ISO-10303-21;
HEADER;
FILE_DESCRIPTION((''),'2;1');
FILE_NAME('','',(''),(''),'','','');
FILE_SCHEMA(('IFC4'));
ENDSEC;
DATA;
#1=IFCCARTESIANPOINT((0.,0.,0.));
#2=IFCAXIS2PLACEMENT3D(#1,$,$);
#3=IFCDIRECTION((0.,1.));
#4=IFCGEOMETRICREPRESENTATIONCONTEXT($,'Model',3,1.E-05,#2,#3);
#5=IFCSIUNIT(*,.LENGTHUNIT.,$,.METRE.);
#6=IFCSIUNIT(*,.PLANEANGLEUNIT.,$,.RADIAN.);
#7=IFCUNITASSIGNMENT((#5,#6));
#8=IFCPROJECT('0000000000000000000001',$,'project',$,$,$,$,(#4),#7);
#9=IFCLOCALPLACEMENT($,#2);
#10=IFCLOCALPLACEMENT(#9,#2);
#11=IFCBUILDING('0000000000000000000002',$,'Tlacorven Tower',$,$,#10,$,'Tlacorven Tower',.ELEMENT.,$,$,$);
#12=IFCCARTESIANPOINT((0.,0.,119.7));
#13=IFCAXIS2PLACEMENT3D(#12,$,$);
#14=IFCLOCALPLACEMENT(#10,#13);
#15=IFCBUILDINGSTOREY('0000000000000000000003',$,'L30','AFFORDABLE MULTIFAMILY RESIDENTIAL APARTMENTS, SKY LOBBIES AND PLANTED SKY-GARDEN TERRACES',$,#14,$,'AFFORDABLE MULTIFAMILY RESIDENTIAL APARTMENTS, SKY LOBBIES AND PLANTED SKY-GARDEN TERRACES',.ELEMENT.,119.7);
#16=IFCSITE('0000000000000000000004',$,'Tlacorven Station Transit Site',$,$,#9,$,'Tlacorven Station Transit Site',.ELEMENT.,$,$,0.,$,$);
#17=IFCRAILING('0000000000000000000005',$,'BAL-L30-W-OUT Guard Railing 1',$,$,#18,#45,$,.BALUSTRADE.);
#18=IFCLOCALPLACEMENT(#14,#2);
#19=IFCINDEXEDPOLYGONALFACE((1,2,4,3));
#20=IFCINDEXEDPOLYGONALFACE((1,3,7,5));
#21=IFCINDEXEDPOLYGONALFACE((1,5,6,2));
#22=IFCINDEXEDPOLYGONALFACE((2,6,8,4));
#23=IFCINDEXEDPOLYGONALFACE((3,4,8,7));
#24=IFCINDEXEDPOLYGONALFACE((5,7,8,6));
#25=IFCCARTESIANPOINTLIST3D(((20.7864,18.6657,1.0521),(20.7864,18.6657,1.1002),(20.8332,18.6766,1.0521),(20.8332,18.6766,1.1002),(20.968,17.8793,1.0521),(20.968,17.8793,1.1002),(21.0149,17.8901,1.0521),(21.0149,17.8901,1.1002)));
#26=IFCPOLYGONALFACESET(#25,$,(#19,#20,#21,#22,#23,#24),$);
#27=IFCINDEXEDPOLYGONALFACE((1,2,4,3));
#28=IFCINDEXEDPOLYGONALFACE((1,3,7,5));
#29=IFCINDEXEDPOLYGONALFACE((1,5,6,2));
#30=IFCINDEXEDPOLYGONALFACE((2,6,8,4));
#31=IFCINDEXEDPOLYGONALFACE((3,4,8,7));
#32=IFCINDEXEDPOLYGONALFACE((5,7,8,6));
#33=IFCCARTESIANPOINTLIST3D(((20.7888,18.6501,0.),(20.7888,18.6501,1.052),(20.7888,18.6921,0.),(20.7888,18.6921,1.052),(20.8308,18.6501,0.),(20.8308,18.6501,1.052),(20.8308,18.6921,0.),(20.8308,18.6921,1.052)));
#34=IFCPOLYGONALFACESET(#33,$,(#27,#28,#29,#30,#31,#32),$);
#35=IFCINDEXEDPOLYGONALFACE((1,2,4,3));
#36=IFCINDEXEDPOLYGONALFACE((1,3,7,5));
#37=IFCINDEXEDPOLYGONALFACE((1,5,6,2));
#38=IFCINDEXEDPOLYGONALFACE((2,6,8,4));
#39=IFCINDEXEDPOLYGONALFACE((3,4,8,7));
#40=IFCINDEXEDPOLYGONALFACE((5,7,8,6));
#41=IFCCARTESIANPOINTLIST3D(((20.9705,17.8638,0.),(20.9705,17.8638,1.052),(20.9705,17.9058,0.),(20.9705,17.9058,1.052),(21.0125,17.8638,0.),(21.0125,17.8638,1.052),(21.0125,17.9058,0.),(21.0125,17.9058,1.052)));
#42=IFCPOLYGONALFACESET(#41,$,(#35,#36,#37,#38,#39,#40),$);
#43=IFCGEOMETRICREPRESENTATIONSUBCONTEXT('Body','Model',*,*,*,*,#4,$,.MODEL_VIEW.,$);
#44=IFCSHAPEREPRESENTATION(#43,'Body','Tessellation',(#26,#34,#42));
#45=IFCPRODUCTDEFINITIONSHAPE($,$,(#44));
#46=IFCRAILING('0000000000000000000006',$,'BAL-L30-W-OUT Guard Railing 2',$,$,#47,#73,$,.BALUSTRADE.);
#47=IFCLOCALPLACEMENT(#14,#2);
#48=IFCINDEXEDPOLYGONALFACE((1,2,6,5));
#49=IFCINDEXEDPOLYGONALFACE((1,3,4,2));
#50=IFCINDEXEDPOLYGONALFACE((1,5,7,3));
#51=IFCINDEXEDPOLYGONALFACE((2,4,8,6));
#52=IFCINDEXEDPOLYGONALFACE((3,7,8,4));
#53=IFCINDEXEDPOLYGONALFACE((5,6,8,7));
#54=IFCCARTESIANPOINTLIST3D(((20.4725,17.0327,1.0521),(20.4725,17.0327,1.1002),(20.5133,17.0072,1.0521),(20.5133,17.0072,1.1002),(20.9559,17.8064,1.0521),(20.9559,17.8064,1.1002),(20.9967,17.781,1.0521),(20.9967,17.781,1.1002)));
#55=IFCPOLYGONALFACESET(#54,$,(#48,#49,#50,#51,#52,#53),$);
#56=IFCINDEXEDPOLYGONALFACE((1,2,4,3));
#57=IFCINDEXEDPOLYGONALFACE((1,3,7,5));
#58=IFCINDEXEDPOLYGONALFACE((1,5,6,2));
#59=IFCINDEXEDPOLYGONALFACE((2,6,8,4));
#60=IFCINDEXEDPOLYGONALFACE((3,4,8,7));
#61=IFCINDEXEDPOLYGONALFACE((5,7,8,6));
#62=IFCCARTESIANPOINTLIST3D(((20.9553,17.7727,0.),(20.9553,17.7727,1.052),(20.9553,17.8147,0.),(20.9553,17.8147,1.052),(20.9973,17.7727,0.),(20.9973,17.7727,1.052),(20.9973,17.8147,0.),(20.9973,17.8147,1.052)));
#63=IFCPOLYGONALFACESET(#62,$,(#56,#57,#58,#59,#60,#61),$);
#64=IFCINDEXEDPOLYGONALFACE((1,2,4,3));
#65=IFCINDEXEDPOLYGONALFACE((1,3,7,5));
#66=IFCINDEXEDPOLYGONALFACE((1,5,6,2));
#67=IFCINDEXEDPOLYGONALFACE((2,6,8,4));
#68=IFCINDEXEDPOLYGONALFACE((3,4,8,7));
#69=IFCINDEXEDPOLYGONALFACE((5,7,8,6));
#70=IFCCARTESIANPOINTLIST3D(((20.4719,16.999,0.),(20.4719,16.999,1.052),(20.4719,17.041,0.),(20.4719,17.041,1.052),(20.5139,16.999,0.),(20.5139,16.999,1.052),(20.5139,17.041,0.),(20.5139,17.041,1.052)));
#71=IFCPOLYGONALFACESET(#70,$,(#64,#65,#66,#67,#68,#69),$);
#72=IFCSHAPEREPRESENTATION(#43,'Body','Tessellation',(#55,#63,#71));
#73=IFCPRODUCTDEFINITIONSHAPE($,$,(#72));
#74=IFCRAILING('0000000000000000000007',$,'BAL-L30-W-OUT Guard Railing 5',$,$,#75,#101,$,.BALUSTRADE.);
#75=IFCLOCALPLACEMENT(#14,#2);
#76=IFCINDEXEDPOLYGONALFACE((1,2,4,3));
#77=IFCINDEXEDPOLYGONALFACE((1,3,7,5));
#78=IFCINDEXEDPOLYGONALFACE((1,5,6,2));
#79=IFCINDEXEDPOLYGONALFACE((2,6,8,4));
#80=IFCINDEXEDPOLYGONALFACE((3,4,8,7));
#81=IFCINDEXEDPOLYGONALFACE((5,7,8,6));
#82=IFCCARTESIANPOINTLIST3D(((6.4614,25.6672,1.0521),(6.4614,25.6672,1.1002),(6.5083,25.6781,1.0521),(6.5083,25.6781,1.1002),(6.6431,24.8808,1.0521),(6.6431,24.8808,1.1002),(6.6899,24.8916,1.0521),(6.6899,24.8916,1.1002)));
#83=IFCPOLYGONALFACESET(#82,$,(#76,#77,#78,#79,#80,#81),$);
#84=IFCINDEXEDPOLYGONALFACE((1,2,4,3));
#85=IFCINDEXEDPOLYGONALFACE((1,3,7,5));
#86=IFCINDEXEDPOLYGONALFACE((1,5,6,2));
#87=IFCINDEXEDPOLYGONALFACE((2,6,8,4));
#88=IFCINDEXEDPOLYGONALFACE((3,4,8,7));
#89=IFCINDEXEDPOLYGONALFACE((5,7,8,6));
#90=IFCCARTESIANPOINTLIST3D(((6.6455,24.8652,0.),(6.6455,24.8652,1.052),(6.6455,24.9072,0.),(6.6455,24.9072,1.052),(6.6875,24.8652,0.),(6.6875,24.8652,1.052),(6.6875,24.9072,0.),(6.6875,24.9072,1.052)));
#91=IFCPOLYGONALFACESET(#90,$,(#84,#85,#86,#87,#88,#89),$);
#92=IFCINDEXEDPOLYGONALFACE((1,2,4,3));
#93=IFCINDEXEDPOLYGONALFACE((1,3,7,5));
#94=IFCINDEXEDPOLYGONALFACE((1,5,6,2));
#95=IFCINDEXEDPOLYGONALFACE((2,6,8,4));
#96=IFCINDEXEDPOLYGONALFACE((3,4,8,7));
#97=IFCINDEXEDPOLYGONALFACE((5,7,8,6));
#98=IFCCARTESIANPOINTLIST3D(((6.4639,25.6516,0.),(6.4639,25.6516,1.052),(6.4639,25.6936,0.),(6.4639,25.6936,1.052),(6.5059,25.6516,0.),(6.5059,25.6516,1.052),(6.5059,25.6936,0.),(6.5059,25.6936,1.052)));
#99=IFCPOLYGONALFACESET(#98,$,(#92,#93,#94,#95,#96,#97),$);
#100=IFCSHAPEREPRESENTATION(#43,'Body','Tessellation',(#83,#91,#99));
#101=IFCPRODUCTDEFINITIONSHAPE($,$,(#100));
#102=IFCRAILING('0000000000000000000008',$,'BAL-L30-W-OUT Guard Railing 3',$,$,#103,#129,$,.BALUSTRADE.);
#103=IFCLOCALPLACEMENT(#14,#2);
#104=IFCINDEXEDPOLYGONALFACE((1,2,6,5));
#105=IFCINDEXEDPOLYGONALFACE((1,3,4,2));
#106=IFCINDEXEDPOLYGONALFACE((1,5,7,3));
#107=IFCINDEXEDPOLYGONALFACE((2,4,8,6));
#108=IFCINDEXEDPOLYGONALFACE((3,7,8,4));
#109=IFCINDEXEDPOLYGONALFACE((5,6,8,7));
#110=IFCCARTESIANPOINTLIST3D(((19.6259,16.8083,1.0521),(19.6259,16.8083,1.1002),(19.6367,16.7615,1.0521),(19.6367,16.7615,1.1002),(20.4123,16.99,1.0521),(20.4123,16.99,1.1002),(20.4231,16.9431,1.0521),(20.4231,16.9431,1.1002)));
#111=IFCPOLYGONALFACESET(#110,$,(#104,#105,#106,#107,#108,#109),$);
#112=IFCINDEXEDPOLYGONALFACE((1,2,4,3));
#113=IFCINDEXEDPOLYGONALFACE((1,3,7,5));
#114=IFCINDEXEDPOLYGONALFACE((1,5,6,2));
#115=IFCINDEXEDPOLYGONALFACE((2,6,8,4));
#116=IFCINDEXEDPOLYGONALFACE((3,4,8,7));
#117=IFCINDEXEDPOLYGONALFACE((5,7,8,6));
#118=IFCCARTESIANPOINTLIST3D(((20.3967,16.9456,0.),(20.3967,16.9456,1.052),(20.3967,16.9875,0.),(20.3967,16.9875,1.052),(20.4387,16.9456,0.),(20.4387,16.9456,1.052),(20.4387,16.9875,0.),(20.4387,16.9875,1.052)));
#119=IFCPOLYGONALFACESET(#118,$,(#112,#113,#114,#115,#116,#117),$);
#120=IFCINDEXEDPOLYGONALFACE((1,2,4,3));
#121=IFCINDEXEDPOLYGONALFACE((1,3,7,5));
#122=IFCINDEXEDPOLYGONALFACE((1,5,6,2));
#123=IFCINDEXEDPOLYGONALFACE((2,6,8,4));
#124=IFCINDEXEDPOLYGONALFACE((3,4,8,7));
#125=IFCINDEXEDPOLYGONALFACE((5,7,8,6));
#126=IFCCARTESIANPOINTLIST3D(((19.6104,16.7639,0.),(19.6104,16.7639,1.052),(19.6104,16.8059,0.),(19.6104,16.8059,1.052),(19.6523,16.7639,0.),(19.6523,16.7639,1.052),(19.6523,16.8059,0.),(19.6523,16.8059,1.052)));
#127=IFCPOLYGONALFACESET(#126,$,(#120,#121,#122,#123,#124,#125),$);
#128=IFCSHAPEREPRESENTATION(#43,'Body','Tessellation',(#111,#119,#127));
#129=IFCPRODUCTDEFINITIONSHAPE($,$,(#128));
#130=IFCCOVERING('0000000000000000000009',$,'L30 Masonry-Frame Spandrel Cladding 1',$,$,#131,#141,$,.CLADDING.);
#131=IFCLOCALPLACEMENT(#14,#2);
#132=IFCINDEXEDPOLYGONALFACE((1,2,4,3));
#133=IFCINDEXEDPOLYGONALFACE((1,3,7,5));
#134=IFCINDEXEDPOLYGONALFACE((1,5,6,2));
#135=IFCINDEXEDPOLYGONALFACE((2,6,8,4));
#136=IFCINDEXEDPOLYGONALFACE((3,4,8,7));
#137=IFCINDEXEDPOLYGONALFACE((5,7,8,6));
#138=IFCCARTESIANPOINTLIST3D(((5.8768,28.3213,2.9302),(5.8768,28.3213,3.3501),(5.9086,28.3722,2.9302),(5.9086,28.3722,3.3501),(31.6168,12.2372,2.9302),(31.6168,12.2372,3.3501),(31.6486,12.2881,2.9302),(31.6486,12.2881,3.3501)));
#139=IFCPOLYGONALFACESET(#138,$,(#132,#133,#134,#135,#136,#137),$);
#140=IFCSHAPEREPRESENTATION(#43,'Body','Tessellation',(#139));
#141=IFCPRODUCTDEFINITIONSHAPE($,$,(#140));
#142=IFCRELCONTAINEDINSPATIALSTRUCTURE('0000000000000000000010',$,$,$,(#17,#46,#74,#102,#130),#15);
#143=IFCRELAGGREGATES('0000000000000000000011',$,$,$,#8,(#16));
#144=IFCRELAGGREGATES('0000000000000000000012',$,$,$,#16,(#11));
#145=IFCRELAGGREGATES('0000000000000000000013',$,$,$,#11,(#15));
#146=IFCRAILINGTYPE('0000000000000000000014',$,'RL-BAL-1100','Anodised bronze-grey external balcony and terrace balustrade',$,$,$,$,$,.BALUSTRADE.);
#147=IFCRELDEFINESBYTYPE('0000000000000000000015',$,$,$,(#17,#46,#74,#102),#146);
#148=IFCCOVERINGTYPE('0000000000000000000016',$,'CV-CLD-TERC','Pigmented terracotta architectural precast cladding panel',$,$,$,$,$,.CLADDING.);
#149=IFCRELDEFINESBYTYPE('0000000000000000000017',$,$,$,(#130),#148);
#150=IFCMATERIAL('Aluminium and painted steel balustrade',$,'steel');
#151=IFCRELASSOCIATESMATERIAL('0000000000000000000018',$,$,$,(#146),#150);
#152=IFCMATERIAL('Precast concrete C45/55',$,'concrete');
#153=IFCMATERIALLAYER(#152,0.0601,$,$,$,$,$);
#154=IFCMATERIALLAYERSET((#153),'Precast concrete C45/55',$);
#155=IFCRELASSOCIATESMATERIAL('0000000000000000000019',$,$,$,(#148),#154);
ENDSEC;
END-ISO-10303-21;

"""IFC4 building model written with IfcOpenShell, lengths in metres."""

from ifc_helpers import new_model, si_unit, direction, frame, origin, origin_2d, place, context, subcontext, project, spatial, rectangle, extrude, source, transform, mapped, material, layer, layer_set, type_object, element, save


model = new_model("IFC4")

# Units and contexts
model_context = context("Model", 3, precision=1e-05, world=origin(), true_north=direction((0.0, 1.0)))
body_context = subcontext(model_context, "Body", "Model", "MODEL_VIEW")
ifc_project = project(units=[si_unit("LENGTHUNIT", "METRE"), si_unit("PLANEANGLEUNIT", "RADIAN")], contexts=[model_context])

# Site, building, storey
site_placement = place(None, origin())
site = spatial("IfcSite", under=ifc_project, at=site_placement, Name="Tlacorven Station Transit Site", LongName="Tlacorven Station Transit Site", CompositionType="ELEMENT", RefElevation=0.0)
building_placement = place(site_placement, origin())
building = spatial("IfcBuilding", under=site, at=building_placement, Name="Tlacorven Tower", LongName="Tlacorven Tower", CompositionType="ELEMENT")
storey_placement = place(building_placement, frame((0.0, 0.0, 119.7)))
storey = spatial("IfcBuildingStorey", under=building, at=storey_placement, Name="L30", Description="AFFORDABLE MULTIFAMILY RESIDENTIAL APARTMENTS, SKY LOBBIES AND PLANTED SKY-GARDEN TERRACES", LongName="AFFORDABLE MULTIFAMILY RESIDENTIAL APARTMENTS, SKY LOBBIES AND PLANTED SKY-GARDEN TERRACES", CompositionType="ELEMENT", Elevation=119.7)

# Shared definitions
ifc_material_1 = material(Name="Precast concrete C45/55", Category="concrete")

# Railings
ifc_material_2 = material(Name="Aluminium and painted steel balustrade", Category="steel")
railing_type = type_object("IfcRailingType", Name="RL-BAL-1100", Description="Anodised bronze-grey external balcony and terrace balustrade", PredefinedType="BALUSTRADE", material=ifc_material_2)
shared_shape_1 = source(origin(), body_context, "Body", "SweptSolid", [
    extrude(rectangle(XDim=0.0481, YDim=0.0481, at=origin_2d()), frame((0.0, 0.0, 1.0762), z_axis=(0.225058, -0.974345, 0.0), x_axis=(0.974345, 0.225058, 0.0)), (0.0, 0.0, 1.0), 0.8071),
    extrude(rectangle(XDim=0.042, YDim=0.042, at=origin_2d()), origin(), (0.0, 0.0, 1.0), 1.052),
    extrude(rectangle(XDim=0.042, YDim=0.042, at=origin_2d()), frame((0.1816, -0.7864, 0.0)), (0.0, 0.0, 1.0), 1.052),
])
railing_1_placement = place(storey_placement, frame((20.8098, 18.6711, 0.0)))
element("IfcRailing", 1, at=railing_1_placement, inside=storey, type_object=railing_type, Name="BAL-L30-W-OUT Guard Railing 1", PredefinedType="BALUSTRADE", context=body_context, shape_type="MappedRepresentation", body=[
    mapped(shared_shape_1, transform((0.0, 0.0, 0.0), scale=1.0)),
])
shared_shape_2 = source(origin(), body_context, "Body", "SweptSolid", [
    extrude(rectangle(XDim=0.0481, YDim=0.0481, at=origin_2d()), frame((0.0, 0.0, 1.0762), z_axis=(-0.529879, -0.848073, 0.0), x_axis=(0.848073, -0.529879, 0.0)), (0.0, 0.0, 1.0), 0.9124),
    extrude(rectangle(XDim=0.042, YDim=0.042, at=origin_2d()), origin(), (0.0, 0.0, 1.0), 1.052),
    extrude(rectangle(XDim=0.042, YDim=0.042, at=origin_2d()), frame((-0.4834, -0.7737, 0.0)), (0.0, 0.0, 1.0), 1.052),
])
railing_2_placement = place(storey_placement, frame((20.9763, 17.7937, 0.0)))
element("IfcRailing", 2, at=railing_2_placement, inside=storey, type_object=railing_type, Name="BAL-L30-W-OUT Guard Railing 2", PredefinedType="BALUSTRADE", context=body_context, shape_type="MappedRepresentation", body=[
    mapped(shared_shape_2, transform((0.0, 0.0, 0.0), scale=1.0)),
])
shared_shape_3 = source(origin(), body_context, "Body", "SweptSolid", [
    extrude(rectangle(XDim=0.0481, YDim=0.0481, at=origin_2d()), frame((0.0, 0.0, 1.0762), z_axis=(-0.225058, 0.974345, 0.0), x_axis=(-0.974345, -0.225058, 0.0)), (0.0, 0.0, 1.0), 0.8071),
    extrude(rectangle(XDim=0.042, YDim=0.042, at=origin_2d()), origin(), (0.0, 0.0, 1.0), 1.052),
    extrude(rectangle(XDim=0.042, YDim=0.042, at=origin_2d()), frame((-0.1816, 0.7864, 0.0)), (0.0, 0.0, 1.0), 1.052),
])
railing_3_placement = place(storey_placement, frame((6.6665, 24.8862, 0.0)))
element("IfcRailing", 3, at=railing_3_placement, inside=storey, type_object=railing_type, Name="BAL-L30-W-OUT Guard Railing 5", PredefinedType="BALUSTRADE", context=body_context, shape_type="MappedRepresentation", body=[
    mapped(shared_shape_3, transform((0.0, 0.0, 0.0), scale=1.0)),
])
shared_shape_4 = source(origin(), body_context, "Body", "SweptSolid", [
    extrude(rectangle(XDim=0.0481, YDim=0.0481, at=origin_2d()), frame((0.0, 0.0, 1.0762), z_axis=(-0.974345, -0.225058, 0.0), x_axis=(0.225058, -0.974345, 0.0)), (0.0, 0.0, 1.0), 0.8071),
    extrude(rectangle(XDim=0.042, YDim=0.042, at=origin_2d()), origin(), (0.0, 0.0, 1.0), 1.052),
    extrude(rectangle(XDim=0.042, YDim=0.042, at=origin_2d()), frame((-0.7864, -0.1816, 0.0)), (0.0, 0.0, 1.0), 1.052),
])
railing_4_placement = place(storey_placement, frame((20.4177, 16.9666, 0.0)))
element("IfcRailing", 4, at=railing_4_placement, inside=storey, type_object=railing_type, Name="BAL-L30-W-OUT Guard Railing 3", PredefinedType="BALUSTRADE", context=body_context, shape_type="MappedRepresentation", body=[
    mapped(shared_shape_4, transform((0.0, 0.0, 0.0), scale=1.0)),
])

# Covering
ifc_layer_1 = layer(ifc_material_1, 0.0601)
ifc_layer_set_1 = layer_set([ifc_layer_1], Name="Precast concrete C45/55")
covering_type = type_object("IfcCoveringType", Name="CV-CLD-TERC", Description="Pigmented terracotta architectural precast cladding panel", PredefinedType="CLADDING", material=ifc_layer_set_1)
shared_shape_5 = source(origin(), body_context, "Body", "SweptSolid", [
    extrude(rectangle(XDim=30.3521, YDim=0.0601, at=origin_2d()), origin(), (0.0, 0.0, 1.0), 0.4199),
])
covering_placement = place(storey_placement, frame((18.7627, 20.3047, 2.9302), z_axis=(0.0, 0.0, 1.0), x_axis=(-0.848048, 0.529919, 0.0)))
element("IfcCovering", 5, at=covering_placement, inside=storey, type_object=covering_type, Name="L30 Masonry-Frame Spandrel Cladding 1", PredefinedType="CLADDING", context=body_context, shape_type="MappedRepresentation", body=[
    mapped(shared_shape_5, transform((0.0, 0.0, 0.0), scale=1.0)),
])

save(model, "model.ifc")
